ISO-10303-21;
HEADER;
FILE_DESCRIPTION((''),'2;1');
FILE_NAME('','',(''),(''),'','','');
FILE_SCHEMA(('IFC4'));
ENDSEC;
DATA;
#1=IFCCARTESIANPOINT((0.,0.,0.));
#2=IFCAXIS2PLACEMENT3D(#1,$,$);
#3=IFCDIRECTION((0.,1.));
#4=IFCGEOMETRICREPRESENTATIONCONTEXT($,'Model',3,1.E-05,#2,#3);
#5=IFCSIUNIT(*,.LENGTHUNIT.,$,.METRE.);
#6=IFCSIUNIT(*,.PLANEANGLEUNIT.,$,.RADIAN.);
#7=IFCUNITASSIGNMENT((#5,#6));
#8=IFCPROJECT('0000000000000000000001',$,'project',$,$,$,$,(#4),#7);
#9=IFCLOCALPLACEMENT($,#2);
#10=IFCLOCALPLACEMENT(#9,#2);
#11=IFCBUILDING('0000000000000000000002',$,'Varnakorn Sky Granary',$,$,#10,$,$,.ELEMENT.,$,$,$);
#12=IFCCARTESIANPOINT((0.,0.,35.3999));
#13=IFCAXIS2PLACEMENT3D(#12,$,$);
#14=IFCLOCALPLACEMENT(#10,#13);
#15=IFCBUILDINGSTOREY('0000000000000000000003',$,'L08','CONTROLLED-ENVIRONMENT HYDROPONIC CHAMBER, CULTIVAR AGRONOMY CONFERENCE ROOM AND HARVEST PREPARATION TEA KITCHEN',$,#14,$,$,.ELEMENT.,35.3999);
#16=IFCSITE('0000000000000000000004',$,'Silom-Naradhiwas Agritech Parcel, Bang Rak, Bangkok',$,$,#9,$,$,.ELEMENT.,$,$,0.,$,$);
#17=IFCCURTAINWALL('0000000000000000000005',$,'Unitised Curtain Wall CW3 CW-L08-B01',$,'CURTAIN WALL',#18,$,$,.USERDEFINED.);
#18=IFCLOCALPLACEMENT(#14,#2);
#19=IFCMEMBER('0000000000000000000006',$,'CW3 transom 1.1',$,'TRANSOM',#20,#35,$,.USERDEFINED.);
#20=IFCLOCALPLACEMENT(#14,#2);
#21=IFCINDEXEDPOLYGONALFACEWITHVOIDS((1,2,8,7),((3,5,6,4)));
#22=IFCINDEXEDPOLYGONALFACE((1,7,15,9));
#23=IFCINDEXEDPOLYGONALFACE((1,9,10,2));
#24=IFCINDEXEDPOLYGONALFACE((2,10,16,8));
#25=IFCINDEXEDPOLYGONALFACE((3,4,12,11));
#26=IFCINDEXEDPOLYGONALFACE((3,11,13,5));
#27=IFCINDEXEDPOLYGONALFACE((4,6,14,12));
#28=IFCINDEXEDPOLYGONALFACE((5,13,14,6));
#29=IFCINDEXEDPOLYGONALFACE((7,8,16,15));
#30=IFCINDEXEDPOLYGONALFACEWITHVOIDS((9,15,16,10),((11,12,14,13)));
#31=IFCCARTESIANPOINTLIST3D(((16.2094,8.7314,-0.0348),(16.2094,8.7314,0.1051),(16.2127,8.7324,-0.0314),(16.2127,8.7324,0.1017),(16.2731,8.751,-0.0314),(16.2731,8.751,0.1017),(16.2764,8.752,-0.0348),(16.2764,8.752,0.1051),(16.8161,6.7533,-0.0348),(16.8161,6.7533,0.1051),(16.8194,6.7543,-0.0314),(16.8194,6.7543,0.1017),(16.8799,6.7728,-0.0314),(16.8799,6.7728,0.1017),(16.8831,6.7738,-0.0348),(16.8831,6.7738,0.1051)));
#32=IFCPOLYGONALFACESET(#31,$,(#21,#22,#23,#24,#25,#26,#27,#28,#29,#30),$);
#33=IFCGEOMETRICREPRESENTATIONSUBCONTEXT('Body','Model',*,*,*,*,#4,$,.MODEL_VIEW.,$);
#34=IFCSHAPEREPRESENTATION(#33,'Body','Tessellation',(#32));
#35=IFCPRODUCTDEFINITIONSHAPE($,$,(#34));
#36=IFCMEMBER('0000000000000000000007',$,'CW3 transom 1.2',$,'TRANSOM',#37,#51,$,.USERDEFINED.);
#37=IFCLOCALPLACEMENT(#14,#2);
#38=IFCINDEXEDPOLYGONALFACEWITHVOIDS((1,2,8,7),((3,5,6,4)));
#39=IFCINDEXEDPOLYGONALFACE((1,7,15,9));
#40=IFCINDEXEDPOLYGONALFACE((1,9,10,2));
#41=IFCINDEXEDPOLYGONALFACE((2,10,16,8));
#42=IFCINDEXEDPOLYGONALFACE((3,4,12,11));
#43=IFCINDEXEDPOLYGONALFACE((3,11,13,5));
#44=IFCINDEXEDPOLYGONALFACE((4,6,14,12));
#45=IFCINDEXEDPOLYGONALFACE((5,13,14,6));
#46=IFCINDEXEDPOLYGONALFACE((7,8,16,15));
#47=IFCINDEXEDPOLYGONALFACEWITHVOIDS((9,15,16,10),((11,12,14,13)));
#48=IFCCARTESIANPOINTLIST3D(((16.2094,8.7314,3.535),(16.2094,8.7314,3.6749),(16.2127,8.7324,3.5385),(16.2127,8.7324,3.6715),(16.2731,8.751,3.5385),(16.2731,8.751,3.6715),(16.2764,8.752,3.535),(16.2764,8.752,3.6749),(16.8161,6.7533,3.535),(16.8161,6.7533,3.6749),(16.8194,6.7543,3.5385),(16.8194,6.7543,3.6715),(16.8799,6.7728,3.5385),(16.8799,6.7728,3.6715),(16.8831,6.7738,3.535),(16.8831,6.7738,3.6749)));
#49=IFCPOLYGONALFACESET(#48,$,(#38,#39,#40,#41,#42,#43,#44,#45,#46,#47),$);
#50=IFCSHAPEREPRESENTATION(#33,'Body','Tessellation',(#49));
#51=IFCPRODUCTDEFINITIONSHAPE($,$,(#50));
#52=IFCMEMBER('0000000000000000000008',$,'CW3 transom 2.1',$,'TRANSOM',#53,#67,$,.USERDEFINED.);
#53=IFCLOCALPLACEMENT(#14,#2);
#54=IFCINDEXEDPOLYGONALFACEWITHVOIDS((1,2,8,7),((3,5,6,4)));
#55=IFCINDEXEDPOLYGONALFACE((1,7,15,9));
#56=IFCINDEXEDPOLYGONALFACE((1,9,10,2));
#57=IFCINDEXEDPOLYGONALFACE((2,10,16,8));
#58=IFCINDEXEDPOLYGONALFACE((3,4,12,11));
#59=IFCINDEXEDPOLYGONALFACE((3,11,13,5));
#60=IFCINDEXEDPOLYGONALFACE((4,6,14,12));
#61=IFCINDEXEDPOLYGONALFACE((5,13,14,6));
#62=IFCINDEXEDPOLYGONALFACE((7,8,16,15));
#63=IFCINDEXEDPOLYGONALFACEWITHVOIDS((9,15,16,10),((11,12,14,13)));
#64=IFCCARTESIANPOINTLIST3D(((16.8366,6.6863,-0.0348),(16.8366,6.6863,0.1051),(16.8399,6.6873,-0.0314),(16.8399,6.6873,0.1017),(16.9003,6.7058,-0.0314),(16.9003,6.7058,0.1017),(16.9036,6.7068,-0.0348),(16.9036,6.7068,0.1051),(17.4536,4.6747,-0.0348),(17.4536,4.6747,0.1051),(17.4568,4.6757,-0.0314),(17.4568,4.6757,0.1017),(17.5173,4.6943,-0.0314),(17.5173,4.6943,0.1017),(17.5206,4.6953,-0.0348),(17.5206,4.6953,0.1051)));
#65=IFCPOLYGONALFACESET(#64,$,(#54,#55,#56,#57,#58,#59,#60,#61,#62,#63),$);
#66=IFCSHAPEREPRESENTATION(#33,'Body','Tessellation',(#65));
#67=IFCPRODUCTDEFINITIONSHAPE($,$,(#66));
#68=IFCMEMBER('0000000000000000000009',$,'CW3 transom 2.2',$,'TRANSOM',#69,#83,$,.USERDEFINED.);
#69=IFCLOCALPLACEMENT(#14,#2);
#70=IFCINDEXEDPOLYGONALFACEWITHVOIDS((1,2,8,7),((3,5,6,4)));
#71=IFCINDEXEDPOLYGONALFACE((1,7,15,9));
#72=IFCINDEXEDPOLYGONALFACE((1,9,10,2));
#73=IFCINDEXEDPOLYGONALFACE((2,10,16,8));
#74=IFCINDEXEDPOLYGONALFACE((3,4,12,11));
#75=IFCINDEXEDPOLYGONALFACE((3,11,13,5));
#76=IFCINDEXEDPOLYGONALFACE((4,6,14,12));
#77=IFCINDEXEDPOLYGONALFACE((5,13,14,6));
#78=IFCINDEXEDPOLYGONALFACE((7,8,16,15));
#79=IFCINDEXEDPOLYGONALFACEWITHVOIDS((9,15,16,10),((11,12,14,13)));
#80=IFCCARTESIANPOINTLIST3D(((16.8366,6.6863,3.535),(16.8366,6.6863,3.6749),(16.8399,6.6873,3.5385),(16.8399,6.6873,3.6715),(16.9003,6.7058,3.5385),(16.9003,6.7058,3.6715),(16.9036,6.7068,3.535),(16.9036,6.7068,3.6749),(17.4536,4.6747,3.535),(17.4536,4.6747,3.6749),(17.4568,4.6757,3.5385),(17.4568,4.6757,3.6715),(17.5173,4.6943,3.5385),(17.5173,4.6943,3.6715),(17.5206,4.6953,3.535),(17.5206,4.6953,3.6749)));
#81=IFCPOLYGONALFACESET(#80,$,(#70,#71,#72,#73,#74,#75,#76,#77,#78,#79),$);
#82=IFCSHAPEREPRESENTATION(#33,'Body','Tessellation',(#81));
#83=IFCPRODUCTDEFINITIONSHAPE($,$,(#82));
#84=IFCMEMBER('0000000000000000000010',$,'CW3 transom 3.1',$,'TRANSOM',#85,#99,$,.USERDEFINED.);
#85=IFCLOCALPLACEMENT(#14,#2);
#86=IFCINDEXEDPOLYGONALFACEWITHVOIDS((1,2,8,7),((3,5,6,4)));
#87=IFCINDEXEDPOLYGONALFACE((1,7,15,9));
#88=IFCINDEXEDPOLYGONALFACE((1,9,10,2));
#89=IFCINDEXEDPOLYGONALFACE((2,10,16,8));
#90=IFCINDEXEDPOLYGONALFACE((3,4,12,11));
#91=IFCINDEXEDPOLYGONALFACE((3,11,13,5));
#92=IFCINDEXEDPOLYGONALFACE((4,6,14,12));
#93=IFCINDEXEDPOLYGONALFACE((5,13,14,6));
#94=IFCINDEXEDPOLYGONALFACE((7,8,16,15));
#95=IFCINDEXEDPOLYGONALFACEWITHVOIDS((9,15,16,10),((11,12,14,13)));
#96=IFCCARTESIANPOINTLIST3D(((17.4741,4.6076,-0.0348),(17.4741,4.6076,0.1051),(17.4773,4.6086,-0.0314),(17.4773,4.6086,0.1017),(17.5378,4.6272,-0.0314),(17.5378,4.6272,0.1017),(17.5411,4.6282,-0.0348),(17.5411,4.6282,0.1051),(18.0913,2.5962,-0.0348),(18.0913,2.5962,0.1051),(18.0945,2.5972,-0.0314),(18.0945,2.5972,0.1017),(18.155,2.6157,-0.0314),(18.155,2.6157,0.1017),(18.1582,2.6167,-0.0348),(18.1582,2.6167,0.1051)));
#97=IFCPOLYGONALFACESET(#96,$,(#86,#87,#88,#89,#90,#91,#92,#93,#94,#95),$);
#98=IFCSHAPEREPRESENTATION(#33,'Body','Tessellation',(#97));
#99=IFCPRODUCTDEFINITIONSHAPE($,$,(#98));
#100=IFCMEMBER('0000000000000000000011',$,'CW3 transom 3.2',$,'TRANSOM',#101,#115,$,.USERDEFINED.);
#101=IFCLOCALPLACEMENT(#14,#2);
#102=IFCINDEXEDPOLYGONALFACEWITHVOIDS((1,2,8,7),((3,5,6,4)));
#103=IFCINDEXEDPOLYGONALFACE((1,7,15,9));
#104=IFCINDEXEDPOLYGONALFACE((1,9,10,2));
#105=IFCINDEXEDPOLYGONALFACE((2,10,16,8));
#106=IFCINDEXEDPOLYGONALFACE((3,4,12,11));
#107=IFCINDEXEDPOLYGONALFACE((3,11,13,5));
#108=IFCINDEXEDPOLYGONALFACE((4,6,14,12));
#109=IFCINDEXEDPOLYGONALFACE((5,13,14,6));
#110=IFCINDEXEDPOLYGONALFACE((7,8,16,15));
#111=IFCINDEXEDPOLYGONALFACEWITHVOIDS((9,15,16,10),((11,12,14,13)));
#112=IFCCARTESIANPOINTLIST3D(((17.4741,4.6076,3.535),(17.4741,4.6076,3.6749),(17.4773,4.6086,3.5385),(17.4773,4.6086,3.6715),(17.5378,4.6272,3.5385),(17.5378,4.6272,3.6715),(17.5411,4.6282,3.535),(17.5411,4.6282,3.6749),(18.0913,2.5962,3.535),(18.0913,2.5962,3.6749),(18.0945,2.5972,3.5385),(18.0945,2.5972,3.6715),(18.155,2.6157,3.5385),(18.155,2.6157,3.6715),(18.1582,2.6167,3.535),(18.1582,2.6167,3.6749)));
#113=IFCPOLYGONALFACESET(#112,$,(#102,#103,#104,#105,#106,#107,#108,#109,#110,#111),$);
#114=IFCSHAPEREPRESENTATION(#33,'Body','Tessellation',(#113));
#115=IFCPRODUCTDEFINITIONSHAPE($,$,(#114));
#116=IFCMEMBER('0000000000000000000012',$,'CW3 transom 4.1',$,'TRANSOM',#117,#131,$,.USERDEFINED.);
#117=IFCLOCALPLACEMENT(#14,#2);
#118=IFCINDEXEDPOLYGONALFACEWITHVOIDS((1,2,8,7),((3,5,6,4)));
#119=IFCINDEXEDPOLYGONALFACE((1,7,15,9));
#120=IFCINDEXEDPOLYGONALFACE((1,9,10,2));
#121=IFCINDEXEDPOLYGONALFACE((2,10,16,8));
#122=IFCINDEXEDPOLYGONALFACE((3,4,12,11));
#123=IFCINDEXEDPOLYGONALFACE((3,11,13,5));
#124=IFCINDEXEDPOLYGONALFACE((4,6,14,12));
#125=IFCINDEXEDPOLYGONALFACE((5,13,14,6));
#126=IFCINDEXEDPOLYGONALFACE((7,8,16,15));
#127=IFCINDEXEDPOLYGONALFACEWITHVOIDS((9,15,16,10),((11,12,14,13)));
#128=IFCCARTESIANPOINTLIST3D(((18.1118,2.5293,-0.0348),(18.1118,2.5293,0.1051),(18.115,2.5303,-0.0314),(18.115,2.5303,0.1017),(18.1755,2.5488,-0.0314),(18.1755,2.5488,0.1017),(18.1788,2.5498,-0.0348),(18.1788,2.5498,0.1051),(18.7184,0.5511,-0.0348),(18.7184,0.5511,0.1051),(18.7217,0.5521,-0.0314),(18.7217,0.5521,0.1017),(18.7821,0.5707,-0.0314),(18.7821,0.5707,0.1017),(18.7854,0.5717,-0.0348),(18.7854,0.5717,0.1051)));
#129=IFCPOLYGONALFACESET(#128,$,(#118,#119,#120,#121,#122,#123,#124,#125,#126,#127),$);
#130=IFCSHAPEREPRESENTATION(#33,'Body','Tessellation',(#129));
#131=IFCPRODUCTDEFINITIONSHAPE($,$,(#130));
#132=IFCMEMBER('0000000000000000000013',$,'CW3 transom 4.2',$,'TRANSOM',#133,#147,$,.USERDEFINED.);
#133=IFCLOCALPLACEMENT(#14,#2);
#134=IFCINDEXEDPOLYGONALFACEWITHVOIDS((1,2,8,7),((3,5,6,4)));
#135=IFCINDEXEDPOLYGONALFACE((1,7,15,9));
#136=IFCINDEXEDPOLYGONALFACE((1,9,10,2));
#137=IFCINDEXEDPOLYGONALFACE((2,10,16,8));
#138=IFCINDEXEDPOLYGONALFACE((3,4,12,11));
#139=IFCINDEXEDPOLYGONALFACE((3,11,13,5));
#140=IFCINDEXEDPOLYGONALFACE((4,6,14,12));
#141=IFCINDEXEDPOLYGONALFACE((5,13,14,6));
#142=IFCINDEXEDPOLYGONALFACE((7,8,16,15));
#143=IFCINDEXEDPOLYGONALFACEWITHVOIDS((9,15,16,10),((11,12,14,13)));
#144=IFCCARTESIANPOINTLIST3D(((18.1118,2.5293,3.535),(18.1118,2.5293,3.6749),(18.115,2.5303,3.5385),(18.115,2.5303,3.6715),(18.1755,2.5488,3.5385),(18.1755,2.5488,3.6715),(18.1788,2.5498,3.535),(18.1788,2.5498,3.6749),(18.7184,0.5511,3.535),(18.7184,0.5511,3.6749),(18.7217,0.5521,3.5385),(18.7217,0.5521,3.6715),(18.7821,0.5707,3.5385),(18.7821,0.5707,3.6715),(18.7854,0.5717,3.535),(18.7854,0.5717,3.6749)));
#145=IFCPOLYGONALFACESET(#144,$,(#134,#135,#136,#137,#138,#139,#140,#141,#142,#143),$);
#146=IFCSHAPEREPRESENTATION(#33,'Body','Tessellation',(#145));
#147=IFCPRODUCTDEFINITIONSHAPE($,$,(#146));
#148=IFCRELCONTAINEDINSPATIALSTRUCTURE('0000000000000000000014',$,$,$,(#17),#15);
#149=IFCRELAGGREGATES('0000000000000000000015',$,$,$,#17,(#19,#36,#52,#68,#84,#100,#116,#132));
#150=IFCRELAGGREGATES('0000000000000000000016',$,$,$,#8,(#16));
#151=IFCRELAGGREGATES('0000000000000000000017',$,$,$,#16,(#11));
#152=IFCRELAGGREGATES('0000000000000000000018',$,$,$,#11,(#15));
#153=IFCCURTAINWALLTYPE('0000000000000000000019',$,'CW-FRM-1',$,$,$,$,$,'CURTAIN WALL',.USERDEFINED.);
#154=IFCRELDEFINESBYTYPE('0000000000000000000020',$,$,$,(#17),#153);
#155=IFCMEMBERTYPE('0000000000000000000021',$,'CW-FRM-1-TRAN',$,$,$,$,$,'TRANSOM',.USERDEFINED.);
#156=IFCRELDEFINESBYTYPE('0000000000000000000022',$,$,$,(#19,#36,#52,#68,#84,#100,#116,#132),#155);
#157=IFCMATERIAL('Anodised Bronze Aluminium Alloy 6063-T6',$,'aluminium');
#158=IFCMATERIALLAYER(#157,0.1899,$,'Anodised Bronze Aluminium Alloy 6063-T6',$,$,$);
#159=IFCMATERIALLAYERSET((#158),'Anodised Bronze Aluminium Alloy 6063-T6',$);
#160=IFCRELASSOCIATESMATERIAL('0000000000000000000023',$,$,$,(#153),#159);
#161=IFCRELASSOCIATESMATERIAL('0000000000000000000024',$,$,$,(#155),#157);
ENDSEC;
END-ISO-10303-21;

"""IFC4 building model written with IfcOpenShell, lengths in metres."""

from ifc_helpers import new_model, si_unit, direction, frame, origin, origin_2d, place, context, subcontext, project, spatial, hollow_rectangle, extrude, material, layer, layer_set, material_profile, profile_set, type_object, element, aggregate, save


model = new_model("IFC4")

# Units and contexts
model_context = context("Model", 3, precision=1e-05, world=origin(), true_north=direction((0.0, 1.0)))
body_context = subcontext(model_context, "Body", "Model", "MODEL_VIEW")
ifc_project = project(units=[si_unit("LENGTHUNIT", "METRE"), si_unit("PLANEANGLEUNIT", "RADIAN")], contexts=[model_context])

# Site, building, storey
site_placement = place(None, origin())
site = spatial("IfcSite", under=ifc_project, at=site_placement, Name="Silom-Naradhiwas Agritech Parcel, Bang Rak, Bangkok", CompositionType="ELEMENT", RefElevation=0.0)
building_placement = place(site_placement, origin())
building = spatial("IfcBuilding", under=site, at=building_placement, Name="Varnakorn Sky Granary", CompositionType="ELEMENT")
storey_placement = place(building_placement, frame((0.0, 0.0, 35.3999)))
storey = spatial("IfcBuildingStorey", under=building, at=storey_placement, Name="L08", Description="CONTROLLED-ENVIRONMENT HYDROPONIC CHAMBER, CULTIVAR AGRONOMY CONFERENCE ROOM AND HARVEST PREPARATION TEA KITCHEN", CompositionType="ELEMENT", Elevation=35.3999)

# Curtain wall, members
ifc_material_1 = material(Name="Anodised Bronze Aluminium Alloy 6063-T6", Category="aluminium")
ifc_layer_1 = layer(ifc_material_1, 0.1899, Name="Anodised Bronze Aluminium Alloy 6063-T6")
ifc_layer_set_1 = layer_set([ifc_layer_1], Name="Anodised Bronze Aluminium Alloy 6063-T6")
curtain_wall_type = type_object("IfcCurtainWallType", Name="CW-FRM-1", ElementType="CURTAIN WALL", PredefinedType="USERDEFINED", material=ifc_layer_set_1)
curtain_wall_placement = place(storey_placement, origin())
curtain_wall = element("IfcCurtainWall", 1, at=curtain_wall_placement, inside=storey, type_object=curtain_wall_type, Name="Unitised Curtain Wall CW3 CW-L08-B01", ObjectType="CURTAIN WALL", PredefinedType="USERDEFINED")
ifc_material_profile_1 = material_profile(ifc_material_1, hollow_rectangle(XDim=0.0701, YDim=0.1399, WallThickness=0.0034, at=origin_2d()), Name="ALU TRAN 70x140")
ifc_profile_set_1 = profile_set([ifc_material_profile_1], Name="Anodised Bronze Aluminium Alloy 6063-T6")
member_type_1 = type_object("IfcMemberType", Name="CW-FRM-1-TRAN", ElementType="TRANSOM", PredefinedType="USERDEFINED", material=ifc_profile_set_1)
member_1_placement = place(storey_placement, frame((16.2429, 8.7417, 0.0352), z_axis=(0.293232, -0.956041, 0.0), x_axis=(0.956041, 0.293232, 0.0)))
member_1 = element("IfcMember", 2, at=member_1_placement, type_object=member_type_1, Name="CW3 transom 1.1", ObjectType="TRANSOM", PredefinedType="USERDEFINED", context=body_context, shape_type="SweptSolid", body=[
    extrude(hollow_rectangle(XDim=0.0701, YDim=0.1399, WallThickness=0.0034, at=origin_2d()), origin(), (0.0, 0.0, 1.0), 2.0691),
])
member_2_placement = place(storey_placement, frame((16.2429, 8.7417, 3.605), z_axis=(0.293232, -0.956041, 0.0), x_axis=(0.956041, 0.293232, 0.0)))
member_2 = element("IfcMember", 3, at=member_2_placement, type_object=member_type_1, Name="CW3 transom 1.2", ObjectType="TRANSOM", PredefinedType="USERDEFINED", context=body_context, shape_type="SweptSolid", body=[
    extrude(hollow_rectangle(XDim=0.0701, YDim=0.1399, WallThickness=0.0034, at=origin_2d()), origin(), (0.0, 0.0, 1.0), 2.0691),
])
member_3_placement = place(storey_placement, frame((16.8701, 6.6965, 0.0352), z_axis=(0.29323, -0.956042, 0.0), x_axis=(0.956042, 0.29323, 0.0)))
member_3 = element("IfcMember", 4, at=member_3_placement, type_object=member_type_1, Name="CW3 transom 2.1", ObjectType="TRANSOM", PredefinedType="USERDEFINED", context=body_context, shape_type="SweptSolid", body=[
    extrude(hollow_rectangle(XDim=0.0701, YDim=0.1399, WallThickness=0.0034, at=origin_2d()), origin(), (0.0, 0.0, 1.0), 2.104),
])
member_4_placement = place(storey_placement, frame((16.8701, 6.6965, 3.605), z_axis=(0.29323, -0.956042, 0.0), x_axis=(0.956042, 0.29323, 0.0)))
member_4 = element("IfcMember", 5, at=member_4_placement, type_object=member_type_1, Name="CW3 transom 2.2", ObjectType="TRANSOM", PredefinedType="USERDEFINED", context=body_context, shape_type="SweptSolid", body=[
    extrude(hollow_rectangle(XDim=0.0701, YDim=0.1399, WallThickness=0.0034, at=origin_2d()), origin(), (0.0, 0.0, 1.0), 2.104),
])
member_5_placement = place(storey_placement, frame((17.5076, 4.6179, 0.0352), z_axis=(0.293336, -0.95601, 0.0), x_axis=(0.95601, 0.293336, 0.0)))
member_5 = element("IfcMember", 6, at=member_5_placement, type_object=member_type_1, Name="CW3 transom 3.1", ObjectType="TRANSOM", PredefinedType="USERDEFINED", context=body_context, shape_type="SweptSolid", body=[
    extrude(hollow_rectangle(XDim=0.0701, YDim=0.1399, WallThickness=0.0034, at=origin_2d()), origin(), (0.0, 0.0, 1.0), 2.104),
])
member_6_placement = place(storey_placement, frame((17.5076, 4.6179, 3.605), z_axis=(0.293336, -0.95601, 0.0), x_axis=(0.95601, 0.293336, 0.0)))
member_6 = element("IfcMember", 7, at=member_6_placement, type_object=member_type_1, Name="CW3 transom 3.2", ObjectType="TRANSOM", PredefinedType="USERDEFINED", context=body_context, shape_type="SweptSolid", body=[
    extrude(hollow_rectangle(XDim=0.0701, YDim=0.1399, WallThickness=0.0034, at=origin_2d()), origin(), (0.0, 0.0, 1.0), 2.104),
])
member_7_placement = place(storey_placement, frame((18.1453, 2.5396, 0.0352), z_axis=(0.293199, -0.956052, 0.0), x_axis=(0.956052, 0.293199, 0.0)))
member_7 = element("IfcMember", 8, at=member_7_placement, type_object=member_type_1, Name="CW3 transom 4.1", ObjectType="TRANSOM", PredefinedType="USERDEFINED", context=body_context, shape_type="SweptSolid", body=[
    extrude(hollow_rectangle(XDim=0.0701, YDim=0.1399, WallThickness=0.0034, at=origin_2d()), origin(), (0.0, 0.0, 1.0), 2.0691),
])
member_8_placement = place(storey_placement, frame((18.1453, 2.5396, 3.605), z_axis=(0.293199, -0.956052, 0.0), x_axis=(0.956052, 0.293199, 0.0)))
member_8 = element("IfcMember", 9, at=member_8_placement, type_object=member_type_1, Name="CW3 transom 4.2", ObjectType="TRANSOM", PredefinedType="USERDEFINED", context=body_context, shape_type="SweptSolid", body=[
    extrude(hollow_rectangle(XDim=0.0701, YDim=0.1399, WallThickness=0.0034, at=origin_2d()), origin(), (0.0, 0.0, 1.0), 2.0691),
])

aggregate(curtain_wall, [member_1, member_2, member_3, member_4, member_5, member_6, member_7, member_8])

save(model, "model.ifc")
